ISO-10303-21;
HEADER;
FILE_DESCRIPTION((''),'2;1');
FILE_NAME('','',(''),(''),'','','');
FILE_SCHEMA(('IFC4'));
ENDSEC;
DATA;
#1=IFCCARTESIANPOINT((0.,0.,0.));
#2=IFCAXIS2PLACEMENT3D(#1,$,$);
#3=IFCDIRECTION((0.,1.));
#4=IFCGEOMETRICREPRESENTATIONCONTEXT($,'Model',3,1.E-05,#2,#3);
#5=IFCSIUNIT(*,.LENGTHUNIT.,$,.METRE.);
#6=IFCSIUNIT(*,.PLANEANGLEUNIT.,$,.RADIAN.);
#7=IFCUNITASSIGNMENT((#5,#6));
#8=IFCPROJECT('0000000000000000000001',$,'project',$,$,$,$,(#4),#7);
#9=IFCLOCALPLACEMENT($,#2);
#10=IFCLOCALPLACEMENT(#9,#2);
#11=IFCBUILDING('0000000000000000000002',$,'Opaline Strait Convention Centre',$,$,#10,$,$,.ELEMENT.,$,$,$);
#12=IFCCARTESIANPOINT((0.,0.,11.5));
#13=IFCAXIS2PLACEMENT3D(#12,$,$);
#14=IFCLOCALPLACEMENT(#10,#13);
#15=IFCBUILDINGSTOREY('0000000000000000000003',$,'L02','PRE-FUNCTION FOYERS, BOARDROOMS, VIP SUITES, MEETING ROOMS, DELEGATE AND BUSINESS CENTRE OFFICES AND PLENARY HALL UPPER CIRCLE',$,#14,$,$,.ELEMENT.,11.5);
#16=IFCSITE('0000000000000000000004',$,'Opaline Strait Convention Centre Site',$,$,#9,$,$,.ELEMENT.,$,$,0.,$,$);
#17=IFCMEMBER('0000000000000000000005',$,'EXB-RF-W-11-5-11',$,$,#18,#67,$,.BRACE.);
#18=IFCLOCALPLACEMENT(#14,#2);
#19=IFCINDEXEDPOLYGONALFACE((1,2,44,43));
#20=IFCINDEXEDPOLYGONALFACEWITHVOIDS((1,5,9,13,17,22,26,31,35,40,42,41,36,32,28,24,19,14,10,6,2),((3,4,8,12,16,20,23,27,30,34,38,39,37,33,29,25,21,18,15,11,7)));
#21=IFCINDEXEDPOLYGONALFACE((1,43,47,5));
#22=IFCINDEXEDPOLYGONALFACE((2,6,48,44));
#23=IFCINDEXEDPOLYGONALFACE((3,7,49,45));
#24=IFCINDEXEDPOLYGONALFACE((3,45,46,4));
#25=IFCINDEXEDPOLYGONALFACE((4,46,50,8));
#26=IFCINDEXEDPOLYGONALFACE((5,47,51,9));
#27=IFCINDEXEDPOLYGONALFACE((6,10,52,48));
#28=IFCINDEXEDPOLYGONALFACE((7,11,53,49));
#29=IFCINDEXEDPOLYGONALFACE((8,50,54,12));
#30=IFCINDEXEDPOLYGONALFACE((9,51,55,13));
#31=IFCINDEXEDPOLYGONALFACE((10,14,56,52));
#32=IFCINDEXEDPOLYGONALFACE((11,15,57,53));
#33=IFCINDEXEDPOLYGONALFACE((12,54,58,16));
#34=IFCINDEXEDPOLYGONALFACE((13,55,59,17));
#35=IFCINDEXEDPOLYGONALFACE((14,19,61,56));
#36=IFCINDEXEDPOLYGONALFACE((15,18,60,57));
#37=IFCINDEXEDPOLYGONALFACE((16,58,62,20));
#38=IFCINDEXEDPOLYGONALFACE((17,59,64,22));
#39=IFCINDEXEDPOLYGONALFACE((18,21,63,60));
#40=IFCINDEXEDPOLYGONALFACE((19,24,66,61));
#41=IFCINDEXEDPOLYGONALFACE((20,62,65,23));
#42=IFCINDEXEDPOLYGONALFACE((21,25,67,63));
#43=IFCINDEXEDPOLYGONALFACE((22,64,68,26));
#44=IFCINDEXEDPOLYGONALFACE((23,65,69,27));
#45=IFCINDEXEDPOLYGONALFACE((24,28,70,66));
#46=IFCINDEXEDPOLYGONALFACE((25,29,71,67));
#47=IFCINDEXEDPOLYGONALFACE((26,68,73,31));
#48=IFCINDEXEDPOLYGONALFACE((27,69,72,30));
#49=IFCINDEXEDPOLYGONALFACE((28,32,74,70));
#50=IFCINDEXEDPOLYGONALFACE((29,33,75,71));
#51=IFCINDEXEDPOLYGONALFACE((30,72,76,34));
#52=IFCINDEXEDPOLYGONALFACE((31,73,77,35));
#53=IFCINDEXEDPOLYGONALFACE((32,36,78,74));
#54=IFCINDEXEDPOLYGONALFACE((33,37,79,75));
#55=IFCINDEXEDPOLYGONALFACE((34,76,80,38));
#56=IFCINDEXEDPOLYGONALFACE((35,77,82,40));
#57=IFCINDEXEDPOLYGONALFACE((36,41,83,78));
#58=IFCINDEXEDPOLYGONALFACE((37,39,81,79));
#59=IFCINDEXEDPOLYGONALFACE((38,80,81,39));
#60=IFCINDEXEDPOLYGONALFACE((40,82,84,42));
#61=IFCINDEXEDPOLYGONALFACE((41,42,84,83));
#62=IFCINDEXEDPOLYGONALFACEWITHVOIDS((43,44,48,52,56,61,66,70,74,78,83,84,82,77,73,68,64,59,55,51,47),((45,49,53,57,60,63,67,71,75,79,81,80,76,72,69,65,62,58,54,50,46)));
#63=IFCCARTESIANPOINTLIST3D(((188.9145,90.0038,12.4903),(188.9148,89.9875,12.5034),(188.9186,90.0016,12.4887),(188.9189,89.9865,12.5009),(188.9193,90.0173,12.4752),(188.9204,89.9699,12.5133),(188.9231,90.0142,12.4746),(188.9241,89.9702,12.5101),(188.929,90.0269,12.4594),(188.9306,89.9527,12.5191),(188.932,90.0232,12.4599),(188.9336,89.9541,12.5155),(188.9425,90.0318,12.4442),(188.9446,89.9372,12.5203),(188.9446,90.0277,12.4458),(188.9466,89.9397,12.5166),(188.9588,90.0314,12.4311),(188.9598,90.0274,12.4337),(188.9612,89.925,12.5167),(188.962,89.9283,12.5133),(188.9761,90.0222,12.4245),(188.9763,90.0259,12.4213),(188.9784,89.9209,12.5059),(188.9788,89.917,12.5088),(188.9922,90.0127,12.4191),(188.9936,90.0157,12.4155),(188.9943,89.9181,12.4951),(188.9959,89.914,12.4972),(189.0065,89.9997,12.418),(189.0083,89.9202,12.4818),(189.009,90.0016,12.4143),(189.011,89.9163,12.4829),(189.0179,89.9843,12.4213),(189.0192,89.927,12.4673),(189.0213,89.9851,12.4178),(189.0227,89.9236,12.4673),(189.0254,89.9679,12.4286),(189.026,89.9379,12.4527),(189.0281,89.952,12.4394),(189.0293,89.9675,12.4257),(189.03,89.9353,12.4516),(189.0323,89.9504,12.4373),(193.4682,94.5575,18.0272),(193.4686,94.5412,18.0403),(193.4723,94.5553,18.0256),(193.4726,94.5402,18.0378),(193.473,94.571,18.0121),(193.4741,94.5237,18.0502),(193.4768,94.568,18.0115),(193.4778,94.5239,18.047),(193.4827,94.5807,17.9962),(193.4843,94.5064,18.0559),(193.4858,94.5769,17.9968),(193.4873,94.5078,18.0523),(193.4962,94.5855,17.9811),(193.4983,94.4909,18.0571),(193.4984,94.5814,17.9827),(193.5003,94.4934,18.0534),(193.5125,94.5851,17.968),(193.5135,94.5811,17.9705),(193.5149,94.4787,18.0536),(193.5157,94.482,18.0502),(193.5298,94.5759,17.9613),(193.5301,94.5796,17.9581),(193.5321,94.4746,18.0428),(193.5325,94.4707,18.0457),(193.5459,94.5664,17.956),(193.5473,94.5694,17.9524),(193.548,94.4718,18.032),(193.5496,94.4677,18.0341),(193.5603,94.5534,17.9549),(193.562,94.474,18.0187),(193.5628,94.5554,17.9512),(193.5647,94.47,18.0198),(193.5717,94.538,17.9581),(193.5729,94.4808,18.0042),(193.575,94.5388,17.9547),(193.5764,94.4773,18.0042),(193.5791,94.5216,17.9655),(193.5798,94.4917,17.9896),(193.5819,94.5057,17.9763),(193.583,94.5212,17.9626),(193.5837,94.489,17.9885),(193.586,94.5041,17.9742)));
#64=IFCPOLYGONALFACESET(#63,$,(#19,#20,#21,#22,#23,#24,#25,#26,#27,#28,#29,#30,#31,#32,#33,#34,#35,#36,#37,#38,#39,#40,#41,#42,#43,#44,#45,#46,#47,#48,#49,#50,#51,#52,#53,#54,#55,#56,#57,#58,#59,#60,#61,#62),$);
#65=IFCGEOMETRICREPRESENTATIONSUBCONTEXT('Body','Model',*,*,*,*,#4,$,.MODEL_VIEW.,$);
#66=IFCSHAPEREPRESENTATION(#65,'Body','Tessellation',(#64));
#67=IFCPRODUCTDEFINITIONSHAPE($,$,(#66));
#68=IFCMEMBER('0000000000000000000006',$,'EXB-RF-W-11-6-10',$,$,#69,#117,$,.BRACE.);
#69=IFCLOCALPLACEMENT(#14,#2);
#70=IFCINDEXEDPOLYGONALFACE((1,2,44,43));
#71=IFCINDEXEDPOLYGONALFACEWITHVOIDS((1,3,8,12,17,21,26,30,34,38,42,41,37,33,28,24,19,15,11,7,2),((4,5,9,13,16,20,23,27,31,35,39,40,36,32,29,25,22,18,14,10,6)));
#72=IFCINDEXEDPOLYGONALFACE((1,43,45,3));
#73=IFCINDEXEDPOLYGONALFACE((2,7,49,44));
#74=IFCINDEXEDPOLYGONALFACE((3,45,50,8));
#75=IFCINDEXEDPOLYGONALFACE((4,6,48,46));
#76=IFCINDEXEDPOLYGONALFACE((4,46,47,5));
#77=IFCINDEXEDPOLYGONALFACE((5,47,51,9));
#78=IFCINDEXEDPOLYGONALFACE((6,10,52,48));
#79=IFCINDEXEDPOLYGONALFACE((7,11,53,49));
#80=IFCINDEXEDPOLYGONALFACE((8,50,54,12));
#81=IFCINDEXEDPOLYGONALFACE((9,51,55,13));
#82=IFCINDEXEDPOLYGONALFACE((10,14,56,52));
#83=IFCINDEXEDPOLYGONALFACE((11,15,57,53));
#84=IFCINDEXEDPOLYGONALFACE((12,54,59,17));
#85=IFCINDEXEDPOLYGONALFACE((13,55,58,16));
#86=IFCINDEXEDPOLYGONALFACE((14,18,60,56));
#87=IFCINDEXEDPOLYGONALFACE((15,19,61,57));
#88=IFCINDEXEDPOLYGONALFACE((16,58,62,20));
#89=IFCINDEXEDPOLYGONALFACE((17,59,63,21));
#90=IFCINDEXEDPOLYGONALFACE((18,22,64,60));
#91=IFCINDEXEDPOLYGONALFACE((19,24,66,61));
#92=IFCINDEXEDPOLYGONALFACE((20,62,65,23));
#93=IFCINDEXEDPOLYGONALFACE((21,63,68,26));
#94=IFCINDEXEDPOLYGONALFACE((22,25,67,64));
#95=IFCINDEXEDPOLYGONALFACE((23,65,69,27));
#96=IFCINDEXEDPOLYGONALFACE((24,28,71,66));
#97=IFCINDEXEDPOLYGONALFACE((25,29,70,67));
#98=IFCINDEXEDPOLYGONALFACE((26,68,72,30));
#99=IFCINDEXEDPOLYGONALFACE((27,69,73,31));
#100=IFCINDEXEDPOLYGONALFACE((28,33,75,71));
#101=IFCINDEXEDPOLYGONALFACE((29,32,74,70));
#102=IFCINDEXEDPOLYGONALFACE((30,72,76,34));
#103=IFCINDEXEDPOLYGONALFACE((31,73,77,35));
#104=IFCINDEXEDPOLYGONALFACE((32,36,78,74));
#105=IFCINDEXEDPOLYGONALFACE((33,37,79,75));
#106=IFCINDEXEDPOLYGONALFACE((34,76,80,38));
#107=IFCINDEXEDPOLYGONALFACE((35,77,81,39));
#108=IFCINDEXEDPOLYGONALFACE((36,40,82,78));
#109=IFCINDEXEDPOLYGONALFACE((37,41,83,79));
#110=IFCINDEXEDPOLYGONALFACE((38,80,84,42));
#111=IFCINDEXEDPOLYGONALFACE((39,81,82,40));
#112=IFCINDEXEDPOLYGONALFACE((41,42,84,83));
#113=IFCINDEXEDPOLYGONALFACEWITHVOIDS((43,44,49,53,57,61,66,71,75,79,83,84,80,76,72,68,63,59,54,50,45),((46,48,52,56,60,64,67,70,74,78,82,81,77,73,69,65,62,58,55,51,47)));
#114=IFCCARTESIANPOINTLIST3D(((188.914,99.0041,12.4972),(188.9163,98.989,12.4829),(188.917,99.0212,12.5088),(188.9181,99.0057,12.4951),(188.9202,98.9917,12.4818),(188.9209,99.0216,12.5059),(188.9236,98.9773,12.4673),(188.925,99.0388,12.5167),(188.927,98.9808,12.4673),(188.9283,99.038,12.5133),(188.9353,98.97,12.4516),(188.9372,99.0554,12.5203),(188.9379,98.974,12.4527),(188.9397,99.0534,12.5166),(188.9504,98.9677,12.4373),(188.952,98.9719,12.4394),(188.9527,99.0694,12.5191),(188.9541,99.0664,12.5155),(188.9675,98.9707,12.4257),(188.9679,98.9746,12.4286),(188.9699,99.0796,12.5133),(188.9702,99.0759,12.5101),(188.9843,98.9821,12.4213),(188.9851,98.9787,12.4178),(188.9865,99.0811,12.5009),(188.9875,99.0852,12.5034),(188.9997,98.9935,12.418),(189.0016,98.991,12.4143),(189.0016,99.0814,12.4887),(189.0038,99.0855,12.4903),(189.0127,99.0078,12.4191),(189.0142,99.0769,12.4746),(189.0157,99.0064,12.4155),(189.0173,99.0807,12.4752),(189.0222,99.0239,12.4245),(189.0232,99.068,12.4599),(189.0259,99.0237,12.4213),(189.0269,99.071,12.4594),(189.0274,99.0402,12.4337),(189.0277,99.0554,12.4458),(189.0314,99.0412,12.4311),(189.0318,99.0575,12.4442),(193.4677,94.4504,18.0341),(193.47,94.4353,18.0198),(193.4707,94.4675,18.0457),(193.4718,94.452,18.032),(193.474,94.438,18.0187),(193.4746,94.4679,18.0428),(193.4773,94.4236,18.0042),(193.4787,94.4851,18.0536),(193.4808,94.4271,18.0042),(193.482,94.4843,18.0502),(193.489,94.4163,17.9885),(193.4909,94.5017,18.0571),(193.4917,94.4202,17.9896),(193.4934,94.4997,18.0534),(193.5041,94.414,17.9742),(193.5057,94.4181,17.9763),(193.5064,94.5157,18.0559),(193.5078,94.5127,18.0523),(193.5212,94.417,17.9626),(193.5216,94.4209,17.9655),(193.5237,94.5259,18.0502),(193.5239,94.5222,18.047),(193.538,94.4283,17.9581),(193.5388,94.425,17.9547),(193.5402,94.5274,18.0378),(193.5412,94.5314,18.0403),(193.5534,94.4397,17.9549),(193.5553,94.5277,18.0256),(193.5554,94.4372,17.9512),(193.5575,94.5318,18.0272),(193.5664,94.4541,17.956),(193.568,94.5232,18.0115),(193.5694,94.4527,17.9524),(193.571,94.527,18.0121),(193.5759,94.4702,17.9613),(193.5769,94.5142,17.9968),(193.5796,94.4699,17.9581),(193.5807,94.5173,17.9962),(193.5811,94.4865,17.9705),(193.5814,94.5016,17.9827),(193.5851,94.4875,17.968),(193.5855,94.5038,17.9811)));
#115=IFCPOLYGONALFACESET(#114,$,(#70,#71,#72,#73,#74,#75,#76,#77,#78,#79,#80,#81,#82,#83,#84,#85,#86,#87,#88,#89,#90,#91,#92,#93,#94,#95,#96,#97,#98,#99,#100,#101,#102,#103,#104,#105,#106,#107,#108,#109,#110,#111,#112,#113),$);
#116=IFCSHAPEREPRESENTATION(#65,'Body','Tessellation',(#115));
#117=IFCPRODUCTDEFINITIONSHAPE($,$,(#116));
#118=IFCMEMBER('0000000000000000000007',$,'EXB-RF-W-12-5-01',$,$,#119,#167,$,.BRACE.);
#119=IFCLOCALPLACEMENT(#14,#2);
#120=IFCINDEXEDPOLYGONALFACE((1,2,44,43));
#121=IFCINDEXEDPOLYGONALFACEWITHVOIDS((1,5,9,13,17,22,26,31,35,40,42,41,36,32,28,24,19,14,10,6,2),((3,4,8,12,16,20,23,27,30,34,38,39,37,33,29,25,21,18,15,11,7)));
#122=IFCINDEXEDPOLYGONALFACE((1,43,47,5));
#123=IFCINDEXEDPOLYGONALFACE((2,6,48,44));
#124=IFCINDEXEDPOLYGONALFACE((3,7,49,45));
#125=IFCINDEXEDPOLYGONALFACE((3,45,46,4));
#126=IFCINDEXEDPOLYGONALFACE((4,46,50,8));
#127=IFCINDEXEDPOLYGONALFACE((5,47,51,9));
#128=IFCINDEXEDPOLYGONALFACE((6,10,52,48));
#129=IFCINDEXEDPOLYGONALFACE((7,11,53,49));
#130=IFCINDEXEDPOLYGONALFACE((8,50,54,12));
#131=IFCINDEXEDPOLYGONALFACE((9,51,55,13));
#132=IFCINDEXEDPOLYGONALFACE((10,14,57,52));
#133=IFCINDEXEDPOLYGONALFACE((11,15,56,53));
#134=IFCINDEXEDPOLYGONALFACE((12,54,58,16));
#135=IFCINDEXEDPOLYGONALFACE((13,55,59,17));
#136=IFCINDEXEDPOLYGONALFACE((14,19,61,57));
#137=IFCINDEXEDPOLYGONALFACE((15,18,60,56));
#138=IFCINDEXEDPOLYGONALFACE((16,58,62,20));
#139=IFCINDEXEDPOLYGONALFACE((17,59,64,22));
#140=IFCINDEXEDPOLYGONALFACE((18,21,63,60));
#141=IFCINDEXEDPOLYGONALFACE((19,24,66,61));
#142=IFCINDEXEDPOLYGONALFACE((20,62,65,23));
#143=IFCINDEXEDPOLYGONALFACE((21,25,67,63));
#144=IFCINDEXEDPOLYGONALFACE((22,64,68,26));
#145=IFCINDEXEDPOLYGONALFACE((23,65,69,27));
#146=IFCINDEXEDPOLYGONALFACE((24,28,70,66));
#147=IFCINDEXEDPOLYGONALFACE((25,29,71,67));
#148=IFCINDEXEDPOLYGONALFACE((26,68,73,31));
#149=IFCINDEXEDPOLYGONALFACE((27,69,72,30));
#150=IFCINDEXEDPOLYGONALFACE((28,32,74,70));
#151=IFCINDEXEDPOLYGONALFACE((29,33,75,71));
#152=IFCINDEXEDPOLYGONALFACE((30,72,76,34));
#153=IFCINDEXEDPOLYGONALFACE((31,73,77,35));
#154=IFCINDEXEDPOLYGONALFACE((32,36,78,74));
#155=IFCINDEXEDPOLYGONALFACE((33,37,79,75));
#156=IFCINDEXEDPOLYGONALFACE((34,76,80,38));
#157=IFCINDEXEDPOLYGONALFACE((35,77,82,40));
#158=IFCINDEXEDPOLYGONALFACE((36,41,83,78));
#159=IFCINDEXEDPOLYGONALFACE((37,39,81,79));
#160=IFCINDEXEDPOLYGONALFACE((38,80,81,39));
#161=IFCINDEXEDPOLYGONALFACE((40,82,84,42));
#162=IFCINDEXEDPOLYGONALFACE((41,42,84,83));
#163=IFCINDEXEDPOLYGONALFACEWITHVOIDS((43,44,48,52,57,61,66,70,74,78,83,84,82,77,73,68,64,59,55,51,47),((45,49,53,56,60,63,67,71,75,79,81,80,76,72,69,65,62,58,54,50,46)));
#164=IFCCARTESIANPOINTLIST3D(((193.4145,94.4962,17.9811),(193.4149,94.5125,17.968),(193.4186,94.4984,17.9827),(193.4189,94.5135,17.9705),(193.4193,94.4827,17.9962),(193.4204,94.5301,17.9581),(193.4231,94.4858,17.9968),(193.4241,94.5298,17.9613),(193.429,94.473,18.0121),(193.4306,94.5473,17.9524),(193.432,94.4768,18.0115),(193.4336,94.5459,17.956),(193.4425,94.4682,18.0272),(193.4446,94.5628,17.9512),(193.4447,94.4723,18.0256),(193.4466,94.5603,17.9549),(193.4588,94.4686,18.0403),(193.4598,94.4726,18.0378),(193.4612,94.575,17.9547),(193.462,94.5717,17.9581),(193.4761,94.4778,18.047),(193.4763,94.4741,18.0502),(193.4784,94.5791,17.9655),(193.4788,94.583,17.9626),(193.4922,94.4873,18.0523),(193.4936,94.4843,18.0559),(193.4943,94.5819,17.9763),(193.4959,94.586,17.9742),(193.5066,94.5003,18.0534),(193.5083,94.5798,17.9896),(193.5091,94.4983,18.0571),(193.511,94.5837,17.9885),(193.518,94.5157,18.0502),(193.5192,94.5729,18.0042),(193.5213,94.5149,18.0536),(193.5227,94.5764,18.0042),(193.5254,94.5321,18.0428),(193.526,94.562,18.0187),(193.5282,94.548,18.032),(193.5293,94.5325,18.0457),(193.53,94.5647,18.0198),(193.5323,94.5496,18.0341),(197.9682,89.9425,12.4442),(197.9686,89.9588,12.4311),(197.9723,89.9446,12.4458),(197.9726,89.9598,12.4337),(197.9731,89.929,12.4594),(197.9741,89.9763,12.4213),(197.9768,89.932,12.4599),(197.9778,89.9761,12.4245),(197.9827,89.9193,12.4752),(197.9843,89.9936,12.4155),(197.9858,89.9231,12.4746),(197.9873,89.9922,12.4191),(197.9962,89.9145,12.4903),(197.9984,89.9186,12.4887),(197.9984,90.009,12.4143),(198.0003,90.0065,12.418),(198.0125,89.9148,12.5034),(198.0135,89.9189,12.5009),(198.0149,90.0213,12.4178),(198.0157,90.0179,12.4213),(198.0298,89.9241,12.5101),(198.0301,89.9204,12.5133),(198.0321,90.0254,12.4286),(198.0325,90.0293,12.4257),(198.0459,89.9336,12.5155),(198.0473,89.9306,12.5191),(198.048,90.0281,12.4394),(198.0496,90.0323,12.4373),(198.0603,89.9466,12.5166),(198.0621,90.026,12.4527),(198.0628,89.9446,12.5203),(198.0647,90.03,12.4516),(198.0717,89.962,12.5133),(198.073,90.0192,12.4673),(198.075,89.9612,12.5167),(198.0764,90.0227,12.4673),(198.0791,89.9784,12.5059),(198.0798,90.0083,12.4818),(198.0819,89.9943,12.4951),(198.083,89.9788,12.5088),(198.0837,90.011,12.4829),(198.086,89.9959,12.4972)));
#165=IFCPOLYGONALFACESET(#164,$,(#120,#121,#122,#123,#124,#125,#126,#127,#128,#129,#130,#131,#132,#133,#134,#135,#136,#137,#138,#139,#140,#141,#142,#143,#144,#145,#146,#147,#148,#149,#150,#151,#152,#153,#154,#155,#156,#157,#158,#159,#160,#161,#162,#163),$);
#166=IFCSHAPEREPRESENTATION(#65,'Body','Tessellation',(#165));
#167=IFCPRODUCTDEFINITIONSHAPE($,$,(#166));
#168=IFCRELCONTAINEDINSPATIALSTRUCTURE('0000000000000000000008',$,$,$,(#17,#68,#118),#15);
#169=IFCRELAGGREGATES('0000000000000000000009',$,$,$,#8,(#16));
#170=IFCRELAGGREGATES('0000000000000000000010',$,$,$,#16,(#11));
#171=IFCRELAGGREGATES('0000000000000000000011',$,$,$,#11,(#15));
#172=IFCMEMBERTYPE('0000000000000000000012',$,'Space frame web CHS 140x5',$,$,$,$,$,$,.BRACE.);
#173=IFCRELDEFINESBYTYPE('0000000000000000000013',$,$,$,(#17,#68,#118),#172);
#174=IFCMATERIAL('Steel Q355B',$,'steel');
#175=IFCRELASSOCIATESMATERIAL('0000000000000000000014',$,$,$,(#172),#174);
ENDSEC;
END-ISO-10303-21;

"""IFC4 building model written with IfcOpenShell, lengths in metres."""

from ifc_helpers import new_model, si_unit, direction, frame, origin, origin_2d, place, context, subcontext, project, spatial, hollow_circle, extrude, material, material_profile, profile_set, type_object, element, save


model = new_model("IFC4")

# Units and contexts
model_context = context("Model", 3, precision=1e-05, world=origin(), true_north=direction((0.0, 1.0)))
body_context = subcontext(model_context, "Body", "Model", "MODEL_VIEW")
ifc_project = project(units=[si_unit("LENGTHUNIT", "METRE"), si_unit("PLANEANGLEUNIT", "RADIAN")], contexts=[model_context])

# Site, building, storey
site_placement = place(None, origin())
site = spatial("IfcSite", under=ifc_project, at=site_placement, Name="Opaline Strait Convention Centre Site", CompositionType="ELEMENT", RefElevation=0.0)
building_placement = place(site_placement, origin())
building = spatial("IfcBuilding", under=site, at=building_placement, Name="Opaline Strait Convention Centre", CompositionType="ELEMENT")
storey_placement = place(building_placement, frame((0.0, 0.0, 11.5)))
storey = spatial("IfcBuildingStorey", under=building, at=storey_placement, Name="L02", Description="PRE-FUNCTION FOYERS, BOARDROOMS, VIP SUITES, MEETING ROOMS, DELEGATE AND BUSINESS CENTRE OFFICES AND PLENARY HALL UPPER CIRCLE", CompositionType="ELEMENT", Elevation=11.5)

# Members
ifc_material = material(Name="Steel Q355B", Category="steel")
ifc_material_profile_1 = material_profile(ifc_material, hollow_circle(Radius=0.0701, WallThickness=0.0049, at=origin_2d()), Name="CHS 140x5")
ifc_profile_set_1 = profile_set([ifc_material_profile_1], Name="Steel Q355B")
member_type_1 = type_object("IfcMemberType", Name="Space frame web CHS 140x5", PredefinedType="BRACE", material=ifc_profile_set_1)
for number, where, z_axis, x_axis, name in (
    (1, (193.5269, 94.5269, 18.0042), (-0.536178, -0.536178, -0.65194), (0.707107, -0.707107, 0.0), "EXB-RF-W-11-5-11"),
    (2, (193.5269, 94.4731, 18.0042), (-0.536178, 0.536178, -0.65194), (-0.707107, -0.707107, 0.0), "EXB-RF-W-11-6-10"),
    (3, (193.4731, 94.5269, 18.0042), (0.536178, -0.536178, -0.65194), (0.707107, 0.707107, 0.0), "EXB-RF-W-12-5-01"),
):
    element("IfcMember", number, at=place(storey_placement, frame(where, z_axis=z_axis, x_axis=x_axis)), inside=storey, type_object=member_type_1, Name=name, PredefinedType="BRACE", context=body_context, shape_type="SweptSolid", body=[
        extrude(hollow_circle(Radius=0.0701, WallThickness=0.0049, at=origin_2d()), origin(), (0.0, 0.0, 1.0), 8.4929),
    ])

save(model, "model.ifc")
